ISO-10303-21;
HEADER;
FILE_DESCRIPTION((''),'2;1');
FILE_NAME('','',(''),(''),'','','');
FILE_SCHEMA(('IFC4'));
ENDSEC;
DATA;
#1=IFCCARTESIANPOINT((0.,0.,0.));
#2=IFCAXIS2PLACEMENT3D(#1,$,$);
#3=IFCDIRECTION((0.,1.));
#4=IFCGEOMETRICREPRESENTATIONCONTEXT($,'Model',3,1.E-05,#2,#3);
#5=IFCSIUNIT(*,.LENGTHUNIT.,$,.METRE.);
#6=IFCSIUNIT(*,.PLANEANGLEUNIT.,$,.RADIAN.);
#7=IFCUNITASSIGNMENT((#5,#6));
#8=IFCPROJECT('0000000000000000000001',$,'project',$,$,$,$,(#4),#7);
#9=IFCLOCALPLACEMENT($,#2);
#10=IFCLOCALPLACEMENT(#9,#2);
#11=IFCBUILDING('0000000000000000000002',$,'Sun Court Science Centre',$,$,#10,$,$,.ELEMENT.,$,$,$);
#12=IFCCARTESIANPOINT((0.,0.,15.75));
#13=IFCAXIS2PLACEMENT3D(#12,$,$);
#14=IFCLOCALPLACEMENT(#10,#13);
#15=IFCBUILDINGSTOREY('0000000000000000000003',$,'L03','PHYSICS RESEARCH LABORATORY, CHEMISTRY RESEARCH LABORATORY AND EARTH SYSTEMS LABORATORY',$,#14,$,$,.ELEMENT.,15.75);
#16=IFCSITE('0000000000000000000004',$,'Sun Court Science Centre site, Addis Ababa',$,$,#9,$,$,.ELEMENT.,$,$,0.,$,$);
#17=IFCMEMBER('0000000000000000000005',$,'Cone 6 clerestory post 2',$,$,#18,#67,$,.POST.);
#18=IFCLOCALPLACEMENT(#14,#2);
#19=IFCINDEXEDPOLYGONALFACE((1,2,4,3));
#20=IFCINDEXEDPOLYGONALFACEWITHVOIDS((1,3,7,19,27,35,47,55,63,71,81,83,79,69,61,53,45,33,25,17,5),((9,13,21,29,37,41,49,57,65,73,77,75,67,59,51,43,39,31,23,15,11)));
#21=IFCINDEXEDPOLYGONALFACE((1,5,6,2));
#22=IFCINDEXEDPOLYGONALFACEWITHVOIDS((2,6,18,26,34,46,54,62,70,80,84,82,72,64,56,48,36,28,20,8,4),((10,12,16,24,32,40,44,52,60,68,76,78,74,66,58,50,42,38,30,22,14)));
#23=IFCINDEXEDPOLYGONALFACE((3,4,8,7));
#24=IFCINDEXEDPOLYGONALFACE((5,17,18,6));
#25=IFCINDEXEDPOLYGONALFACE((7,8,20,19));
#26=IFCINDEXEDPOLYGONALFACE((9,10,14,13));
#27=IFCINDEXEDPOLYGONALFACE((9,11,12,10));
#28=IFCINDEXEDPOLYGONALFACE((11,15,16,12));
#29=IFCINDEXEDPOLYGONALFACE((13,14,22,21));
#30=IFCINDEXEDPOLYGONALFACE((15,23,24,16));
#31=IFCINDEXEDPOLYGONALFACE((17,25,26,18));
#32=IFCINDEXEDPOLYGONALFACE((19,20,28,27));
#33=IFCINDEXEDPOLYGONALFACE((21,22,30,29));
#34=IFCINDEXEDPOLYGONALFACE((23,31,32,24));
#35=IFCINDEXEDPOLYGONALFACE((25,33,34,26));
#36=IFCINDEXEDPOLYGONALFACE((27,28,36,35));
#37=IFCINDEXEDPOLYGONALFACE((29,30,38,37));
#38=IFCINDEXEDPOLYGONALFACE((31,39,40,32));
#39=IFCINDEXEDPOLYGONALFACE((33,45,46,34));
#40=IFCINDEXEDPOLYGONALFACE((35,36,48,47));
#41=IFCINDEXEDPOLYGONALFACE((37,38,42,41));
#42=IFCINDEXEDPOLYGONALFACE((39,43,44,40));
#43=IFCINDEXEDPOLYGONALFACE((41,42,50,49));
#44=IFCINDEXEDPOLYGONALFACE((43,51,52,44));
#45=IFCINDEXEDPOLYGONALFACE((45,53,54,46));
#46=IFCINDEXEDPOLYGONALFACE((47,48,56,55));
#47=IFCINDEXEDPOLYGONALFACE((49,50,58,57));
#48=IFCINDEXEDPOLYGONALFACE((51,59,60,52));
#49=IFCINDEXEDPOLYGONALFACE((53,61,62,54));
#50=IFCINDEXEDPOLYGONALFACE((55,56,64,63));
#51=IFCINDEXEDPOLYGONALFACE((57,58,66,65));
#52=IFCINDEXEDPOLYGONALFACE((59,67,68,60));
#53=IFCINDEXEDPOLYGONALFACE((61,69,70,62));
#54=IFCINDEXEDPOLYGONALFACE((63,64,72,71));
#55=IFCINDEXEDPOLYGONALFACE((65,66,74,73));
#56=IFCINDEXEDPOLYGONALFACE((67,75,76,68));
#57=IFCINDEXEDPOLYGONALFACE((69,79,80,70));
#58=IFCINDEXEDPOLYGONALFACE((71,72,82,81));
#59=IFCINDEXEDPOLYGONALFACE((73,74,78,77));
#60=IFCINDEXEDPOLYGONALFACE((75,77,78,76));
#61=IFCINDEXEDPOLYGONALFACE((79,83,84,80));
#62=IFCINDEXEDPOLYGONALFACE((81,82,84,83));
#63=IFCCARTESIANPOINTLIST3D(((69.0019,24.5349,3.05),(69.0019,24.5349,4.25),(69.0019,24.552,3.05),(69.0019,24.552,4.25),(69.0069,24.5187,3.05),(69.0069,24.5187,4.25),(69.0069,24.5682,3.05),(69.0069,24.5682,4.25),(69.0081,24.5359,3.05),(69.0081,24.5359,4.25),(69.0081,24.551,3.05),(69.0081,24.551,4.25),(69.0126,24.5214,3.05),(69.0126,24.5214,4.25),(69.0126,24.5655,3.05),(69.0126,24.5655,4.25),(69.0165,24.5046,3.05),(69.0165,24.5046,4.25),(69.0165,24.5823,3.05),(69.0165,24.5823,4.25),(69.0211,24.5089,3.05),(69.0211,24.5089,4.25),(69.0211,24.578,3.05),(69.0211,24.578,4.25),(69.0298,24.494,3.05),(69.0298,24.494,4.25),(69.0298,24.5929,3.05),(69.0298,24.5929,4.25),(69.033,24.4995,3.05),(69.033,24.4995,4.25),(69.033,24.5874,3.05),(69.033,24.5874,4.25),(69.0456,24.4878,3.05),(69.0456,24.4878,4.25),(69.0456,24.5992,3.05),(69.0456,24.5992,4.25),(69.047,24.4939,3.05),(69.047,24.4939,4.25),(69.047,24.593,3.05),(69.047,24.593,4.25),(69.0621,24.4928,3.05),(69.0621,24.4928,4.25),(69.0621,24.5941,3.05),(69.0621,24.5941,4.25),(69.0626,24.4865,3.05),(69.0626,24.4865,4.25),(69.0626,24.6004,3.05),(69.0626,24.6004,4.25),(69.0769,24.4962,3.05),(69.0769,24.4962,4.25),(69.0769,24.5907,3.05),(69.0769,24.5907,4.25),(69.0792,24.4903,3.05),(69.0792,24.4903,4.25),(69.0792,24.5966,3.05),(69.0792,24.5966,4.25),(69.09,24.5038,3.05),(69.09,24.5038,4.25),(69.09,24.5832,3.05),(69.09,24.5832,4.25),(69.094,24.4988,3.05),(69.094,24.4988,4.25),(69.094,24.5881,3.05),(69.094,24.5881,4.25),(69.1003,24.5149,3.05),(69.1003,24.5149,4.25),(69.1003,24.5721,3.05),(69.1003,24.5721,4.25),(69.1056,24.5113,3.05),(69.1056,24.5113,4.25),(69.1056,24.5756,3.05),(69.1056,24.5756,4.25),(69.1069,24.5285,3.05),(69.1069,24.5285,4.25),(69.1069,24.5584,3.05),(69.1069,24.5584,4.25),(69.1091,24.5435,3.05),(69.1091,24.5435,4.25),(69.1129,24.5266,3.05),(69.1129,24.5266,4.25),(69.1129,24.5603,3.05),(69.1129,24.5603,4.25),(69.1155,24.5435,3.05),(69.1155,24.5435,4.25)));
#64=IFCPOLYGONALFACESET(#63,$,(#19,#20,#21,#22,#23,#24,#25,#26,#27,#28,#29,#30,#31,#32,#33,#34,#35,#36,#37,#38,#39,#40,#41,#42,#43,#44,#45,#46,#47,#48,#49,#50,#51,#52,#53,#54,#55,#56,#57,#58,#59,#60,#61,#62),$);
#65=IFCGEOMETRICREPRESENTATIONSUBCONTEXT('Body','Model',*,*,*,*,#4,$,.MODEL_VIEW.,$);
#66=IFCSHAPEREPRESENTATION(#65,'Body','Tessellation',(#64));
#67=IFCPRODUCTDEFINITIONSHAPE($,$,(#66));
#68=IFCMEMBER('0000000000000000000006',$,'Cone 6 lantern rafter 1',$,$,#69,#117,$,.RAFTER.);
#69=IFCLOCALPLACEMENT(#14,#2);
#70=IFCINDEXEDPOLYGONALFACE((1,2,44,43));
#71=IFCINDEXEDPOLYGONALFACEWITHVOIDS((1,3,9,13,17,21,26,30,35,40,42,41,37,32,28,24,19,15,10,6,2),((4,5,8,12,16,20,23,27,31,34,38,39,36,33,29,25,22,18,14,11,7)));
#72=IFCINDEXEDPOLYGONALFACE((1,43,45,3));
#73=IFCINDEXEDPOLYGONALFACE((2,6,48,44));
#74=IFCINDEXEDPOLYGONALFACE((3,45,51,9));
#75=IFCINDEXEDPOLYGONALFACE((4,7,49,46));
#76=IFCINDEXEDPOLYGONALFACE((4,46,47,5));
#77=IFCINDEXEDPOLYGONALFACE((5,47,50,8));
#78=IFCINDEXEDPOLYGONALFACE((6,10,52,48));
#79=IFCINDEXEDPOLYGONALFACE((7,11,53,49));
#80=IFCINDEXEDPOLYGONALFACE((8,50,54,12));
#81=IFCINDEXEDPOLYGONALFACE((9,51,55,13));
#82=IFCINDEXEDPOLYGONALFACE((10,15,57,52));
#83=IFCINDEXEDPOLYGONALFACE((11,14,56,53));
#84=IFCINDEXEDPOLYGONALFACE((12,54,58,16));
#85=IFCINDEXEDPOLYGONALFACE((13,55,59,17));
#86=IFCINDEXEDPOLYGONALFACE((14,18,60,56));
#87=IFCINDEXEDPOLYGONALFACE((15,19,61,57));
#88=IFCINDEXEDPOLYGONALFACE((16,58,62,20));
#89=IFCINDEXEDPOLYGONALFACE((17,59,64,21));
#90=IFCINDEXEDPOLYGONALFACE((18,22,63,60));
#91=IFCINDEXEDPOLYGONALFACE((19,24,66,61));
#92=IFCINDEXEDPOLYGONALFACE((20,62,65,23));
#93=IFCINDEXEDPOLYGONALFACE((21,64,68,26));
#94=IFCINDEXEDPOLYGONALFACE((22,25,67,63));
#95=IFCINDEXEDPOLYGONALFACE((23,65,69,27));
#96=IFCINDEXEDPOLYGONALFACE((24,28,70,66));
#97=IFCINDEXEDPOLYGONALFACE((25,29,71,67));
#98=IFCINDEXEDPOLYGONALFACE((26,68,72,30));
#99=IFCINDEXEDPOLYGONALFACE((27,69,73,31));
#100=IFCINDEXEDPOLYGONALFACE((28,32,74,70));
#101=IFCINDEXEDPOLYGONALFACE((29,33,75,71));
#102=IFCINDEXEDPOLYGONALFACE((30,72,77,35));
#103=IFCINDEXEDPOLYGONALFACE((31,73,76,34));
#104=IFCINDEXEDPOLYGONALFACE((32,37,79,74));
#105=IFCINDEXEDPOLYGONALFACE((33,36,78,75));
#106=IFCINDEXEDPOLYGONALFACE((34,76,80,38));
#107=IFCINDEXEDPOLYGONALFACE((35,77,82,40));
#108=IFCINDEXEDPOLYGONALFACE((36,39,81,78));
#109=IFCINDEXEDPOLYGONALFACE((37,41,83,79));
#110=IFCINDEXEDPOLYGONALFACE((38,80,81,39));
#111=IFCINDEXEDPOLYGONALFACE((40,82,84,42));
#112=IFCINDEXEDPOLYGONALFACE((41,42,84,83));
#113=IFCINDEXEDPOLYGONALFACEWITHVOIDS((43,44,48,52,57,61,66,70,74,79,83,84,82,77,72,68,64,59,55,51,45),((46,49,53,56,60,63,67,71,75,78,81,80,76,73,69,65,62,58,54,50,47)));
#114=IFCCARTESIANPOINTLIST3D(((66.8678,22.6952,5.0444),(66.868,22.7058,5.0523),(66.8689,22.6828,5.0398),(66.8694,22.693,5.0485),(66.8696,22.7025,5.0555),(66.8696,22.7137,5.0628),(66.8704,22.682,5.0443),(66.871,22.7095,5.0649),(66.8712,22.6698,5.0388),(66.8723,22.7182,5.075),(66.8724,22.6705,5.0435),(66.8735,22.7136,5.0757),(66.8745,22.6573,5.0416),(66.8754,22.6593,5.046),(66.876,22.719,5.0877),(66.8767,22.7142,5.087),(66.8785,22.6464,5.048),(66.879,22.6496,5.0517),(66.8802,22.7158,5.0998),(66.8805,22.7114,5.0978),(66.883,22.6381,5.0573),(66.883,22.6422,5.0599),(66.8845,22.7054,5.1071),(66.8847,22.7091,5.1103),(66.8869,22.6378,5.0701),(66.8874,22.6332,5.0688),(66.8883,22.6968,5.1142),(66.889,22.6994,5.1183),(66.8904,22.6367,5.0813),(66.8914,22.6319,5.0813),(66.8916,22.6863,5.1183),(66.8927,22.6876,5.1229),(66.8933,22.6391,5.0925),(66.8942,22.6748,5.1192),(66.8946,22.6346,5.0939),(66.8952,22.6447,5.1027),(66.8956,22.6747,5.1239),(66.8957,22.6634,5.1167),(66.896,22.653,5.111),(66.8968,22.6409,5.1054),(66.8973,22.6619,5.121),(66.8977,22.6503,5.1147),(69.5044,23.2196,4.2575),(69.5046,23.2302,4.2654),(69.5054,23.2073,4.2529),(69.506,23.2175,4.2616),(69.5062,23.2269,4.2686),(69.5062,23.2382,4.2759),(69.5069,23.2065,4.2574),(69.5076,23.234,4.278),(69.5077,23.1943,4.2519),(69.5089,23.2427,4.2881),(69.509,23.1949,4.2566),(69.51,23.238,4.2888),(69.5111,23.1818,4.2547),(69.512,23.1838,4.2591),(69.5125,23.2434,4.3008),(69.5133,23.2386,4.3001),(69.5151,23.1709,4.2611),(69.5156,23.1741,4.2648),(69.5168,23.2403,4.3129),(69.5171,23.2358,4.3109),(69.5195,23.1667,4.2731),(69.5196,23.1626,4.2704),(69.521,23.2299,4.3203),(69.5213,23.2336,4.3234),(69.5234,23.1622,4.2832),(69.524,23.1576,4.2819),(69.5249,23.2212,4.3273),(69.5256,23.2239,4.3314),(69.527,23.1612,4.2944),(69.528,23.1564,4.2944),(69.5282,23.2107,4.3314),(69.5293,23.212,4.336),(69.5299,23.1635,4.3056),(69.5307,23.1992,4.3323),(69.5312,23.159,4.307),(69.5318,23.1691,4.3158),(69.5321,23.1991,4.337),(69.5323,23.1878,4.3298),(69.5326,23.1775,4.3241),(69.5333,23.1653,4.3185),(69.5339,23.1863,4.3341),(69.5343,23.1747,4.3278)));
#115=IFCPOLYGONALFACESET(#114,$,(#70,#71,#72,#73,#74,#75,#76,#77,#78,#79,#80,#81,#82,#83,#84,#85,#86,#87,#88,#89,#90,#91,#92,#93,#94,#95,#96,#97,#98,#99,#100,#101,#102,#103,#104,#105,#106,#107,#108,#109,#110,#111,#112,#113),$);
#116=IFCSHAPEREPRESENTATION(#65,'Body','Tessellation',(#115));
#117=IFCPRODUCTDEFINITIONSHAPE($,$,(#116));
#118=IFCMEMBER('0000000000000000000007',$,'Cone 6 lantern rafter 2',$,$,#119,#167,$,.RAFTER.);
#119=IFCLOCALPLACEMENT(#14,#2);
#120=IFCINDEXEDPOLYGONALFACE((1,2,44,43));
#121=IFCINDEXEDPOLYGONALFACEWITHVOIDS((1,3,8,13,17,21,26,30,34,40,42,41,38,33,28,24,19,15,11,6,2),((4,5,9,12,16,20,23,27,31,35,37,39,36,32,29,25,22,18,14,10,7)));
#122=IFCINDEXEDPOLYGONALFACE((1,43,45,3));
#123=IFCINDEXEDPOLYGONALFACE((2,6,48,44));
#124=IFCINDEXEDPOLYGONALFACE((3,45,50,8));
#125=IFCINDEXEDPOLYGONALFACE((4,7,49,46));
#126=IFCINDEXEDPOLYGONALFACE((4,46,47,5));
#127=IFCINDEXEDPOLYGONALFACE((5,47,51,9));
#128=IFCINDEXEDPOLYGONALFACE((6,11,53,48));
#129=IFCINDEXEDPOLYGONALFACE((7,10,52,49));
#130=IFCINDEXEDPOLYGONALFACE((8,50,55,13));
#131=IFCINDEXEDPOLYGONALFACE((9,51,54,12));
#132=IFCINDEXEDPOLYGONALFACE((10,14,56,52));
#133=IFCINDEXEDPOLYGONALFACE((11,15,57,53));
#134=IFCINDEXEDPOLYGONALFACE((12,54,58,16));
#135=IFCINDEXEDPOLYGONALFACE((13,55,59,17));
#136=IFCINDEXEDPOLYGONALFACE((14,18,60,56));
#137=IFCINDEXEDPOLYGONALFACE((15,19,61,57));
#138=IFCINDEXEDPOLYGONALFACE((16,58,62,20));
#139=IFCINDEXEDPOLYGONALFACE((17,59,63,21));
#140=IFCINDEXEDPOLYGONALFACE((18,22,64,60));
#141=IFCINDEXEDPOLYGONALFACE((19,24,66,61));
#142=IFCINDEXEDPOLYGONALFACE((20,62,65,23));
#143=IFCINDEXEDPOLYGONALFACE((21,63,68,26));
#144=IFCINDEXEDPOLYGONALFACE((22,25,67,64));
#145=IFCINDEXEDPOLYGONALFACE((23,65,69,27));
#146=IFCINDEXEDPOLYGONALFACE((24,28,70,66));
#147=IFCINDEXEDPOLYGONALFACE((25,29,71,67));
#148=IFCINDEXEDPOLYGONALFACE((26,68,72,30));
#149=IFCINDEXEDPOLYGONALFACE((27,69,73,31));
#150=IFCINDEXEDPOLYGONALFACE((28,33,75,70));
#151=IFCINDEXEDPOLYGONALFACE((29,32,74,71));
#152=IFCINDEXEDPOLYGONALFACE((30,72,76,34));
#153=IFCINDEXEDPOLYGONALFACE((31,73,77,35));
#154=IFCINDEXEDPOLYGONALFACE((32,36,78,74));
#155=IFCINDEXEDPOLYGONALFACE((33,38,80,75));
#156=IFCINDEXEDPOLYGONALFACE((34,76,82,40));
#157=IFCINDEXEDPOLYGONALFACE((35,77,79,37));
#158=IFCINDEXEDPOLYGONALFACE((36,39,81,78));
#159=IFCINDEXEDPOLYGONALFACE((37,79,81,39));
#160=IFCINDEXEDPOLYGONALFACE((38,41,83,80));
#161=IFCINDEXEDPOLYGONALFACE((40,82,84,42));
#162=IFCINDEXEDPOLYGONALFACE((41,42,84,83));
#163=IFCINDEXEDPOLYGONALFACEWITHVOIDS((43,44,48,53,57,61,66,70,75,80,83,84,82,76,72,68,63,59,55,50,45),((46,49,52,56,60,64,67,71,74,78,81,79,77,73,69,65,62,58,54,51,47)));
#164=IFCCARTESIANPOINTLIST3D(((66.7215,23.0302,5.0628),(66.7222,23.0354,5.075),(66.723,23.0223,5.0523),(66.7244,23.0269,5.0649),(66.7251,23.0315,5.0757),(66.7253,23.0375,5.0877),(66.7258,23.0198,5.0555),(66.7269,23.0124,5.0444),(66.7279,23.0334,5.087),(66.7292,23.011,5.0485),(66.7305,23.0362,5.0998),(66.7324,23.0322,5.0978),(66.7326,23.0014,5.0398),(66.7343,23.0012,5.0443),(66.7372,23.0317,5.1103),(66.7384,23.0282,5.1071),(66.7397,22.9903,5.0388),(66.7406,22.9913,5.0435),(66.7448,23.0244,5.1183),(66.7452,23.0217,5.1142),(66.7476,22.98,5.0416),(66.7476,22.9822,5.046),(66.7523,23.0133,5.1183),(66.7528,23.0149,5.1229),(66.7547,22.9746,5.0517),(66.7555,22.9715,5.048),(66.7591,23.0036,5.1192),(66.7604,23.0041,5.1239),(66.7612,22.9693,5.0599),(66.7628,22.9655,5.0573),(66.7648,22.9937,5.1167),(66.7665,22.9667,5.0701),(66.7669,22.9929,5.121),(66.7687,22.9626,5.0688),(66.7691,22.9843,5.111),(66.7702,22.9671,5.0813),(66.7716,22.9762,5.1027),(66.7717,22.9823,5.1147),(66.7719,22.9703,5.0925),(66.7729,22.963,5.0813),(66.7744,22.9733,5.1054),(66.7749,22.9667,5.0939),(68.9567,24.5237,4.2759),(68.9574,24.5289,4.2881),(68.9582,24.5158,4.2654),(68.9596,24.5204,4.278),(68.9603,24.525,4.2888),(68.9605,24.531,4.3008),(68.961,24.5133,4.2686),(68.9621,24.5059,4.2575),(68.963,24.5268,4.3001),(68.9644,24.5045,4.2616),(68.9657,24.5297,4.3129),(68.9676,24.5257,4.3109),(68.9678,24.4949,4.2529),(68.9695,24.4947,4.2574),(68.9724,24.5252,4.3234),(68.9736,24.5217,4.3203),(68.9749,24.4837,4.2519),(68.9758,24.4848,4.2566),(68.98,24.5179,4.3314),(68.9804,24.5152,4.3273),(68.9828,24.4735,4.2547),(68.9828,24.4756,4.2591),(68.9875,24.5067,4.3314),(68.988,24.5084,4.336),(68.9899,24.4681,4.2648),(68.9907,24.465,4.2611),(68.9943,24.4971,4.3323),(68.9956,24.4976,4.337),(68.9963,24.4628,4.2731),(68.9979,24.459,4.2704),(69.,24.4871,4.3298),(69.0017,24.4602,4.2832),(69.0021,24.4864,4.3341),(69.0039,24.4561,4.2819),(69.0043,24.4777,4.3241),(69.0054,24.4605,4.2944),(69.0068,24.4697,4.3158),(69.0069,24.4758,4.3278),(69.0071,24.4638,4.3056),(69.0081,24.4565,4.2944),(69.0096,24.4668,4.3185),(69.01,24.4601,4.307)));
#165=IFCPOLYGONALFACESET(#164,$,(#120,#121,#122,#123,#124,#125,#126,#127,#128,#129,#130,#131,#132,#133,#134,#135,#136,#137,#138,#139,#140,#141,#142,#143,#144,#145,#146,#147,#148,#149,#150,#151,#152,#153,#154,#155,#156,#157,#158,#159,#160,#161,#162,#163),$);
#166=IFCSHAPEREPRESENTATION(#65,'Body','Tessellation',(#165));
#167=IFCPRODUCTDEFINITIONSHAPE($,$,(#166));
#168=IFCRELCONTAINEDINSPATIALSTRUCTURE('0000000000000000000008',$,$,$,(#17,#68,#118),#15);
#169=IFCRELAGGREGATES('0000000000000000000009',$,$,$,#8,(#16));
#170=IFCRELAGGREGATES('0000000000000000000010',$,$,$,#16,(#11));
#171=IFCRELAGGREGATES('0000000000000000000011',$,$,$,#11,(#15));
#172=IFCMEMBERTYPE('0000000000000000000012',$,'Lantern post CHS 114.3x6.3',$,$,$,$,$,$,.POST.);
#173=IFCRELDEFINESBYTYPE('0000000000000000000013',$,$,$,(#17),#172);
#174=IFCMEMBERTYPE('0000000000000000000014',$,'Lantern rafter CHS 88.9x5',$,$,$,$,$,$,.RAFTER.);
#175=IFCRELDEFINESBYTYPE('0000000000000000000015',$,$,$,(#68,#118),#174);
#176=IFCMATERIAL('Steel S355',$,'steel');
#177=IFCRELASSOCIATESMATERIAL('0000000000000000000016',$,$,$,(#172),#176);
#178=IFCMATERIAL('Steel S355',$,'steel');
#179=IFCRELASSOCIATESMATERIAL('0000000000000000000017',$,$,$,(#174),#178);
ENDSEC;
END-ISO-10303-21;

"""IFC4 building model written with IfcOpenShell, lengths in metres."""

from ifc_helpers import new_model, si_unit, direction, frame, origin, origin_2d, place, context, subcontext, project, spatial, hollow_circle, extrude, material, material_profile, profile_set, type_object, element, save


model = new_model("IFC4")

# Units and contexts
model_context = context("Model", 3, precision=1e-05, world=origin(), true_north=direction((0.0, 1.0)))
body_context = subcontext(model_context, "Body", "Model", "MODEL_VIEW")
ifc_project = project(units=[si_unit("LENGTHUNIT", "METRE"), si_unit("PLANEANGLEUNIT", "RADIAN")], contexts=[model_context])

# Site, building, storey
site_placement = place(None, origin())
site = spatial("IfcSite", under=ifc_project, at=site_placement, Name="Sun Court Science Centre site, Addis Ababa", CompositionType="ELEMENT", RefElevation=0.0)
building_placement = place(site_placement, origin())
building = spatial("IfcBuilding", under=site, at=building_placement, Name="Sun Court Science Centre", CompositionType="ELEMENT")
storey_placement = place(building_placement, frame((0.0, 0.0, 15.75)))
storey = spatial("IfcBuildingStorey", under=building, at=storey_placement, Name="L03", Description="PHYSICS RESEARCH LABORATORY, CHEMISTRY RESEARCH LABORATORY AND EARTH SYSTEMS LABORATORY", CompositionType="ELEMENT", Elevation=15.75)

# Members
ifc_material_1 = material(Name="Steel S355", Category="steel")
ifc_material_profile_1 = material_profile(ifc_material_1, hollow_circle(Radius=0.0571, WallThickness=0.0063, at=origin_2d()), Name="CHS 114.3x6.3")
ifc_profile_set_1 = profile_set([ifc_material_profile_1], Name="Steel S355")
member_type_1 = type_object("IfcMemberType", Name="Lantern post CHS 114.3x6.3", PredefinedType="POST", material=ifc_profile_set_1)
for number, where, z_axis, x_axis, name in (
    (1, (69.0583, 24.5435, 3.05), (0.0, 0.0, 1.0), (1.0, 0.0, 0.0), "Cone 6 clerestory post 2"),
):
    element("IfcMember", number, at=place(storey_placement, frame(where, z_axis=z_axis, x_axis=x_axis)), inside=storey, type_object=member_type_1, Name=name, PredefinedType="POST", context=body_context, shape_type="SweptSolid", body=[
        extrude(hollow_circle(Radius=0.0571, WallThickness=0.0063, at=origin_2d()), origin(), (0.0, 0.0, 1.0), 1.2),
    ])
ifc_material_2 = material(Name="Steel S355", Category="steel")
ifc_material_profile_2 = material_profile(ifc_material_2, hollow_circle(Radius=0.0444, WallThickness=0.0049, at=origin_2d()), Name="CHS 88.9x5")
ifc_profile_set_2 = profile_set([ifc_material_profile_2], Name="Steel S355")
member_type_2 = type_object("IfcMemberType", Name="Lantern rafter CHS 88.9x5", PredefinedType="RAFTER", material=ifc_profile_set_2)
for number, where, z_axis, x_axis, name in (
    (2, (69.5193, 23.2, 4.2944), (-0.941288, -0.187229, 0.280931), (0.195086, -0.980786, 0.0), "Cone 6 lantern rafter 1"),
    (3, (68.9834, 24.4934, 4.2944), (-0.797992, -0.533186, 0.280931), (0.555559, -0.831477, 0.0), "Cone 6 lantern rafter 2"),
):
    element("IfcMember", number, at=place(storey_placement, frame(where, z_axis=z_axis, x_axis=x_axis)), inside=storey, type_object=member_type_2, Name=name, PredefinedType="RAFTER", context=body_context, shape_type="SweptSolid", body=[
        extrude(hollow_circle(Radius=0.0444, WallThickness=0.0049, at=origin_2d()), origin(), (0.0, 0.0, 1.0), 2.801),
    ])

save(model, "model.ifc")
